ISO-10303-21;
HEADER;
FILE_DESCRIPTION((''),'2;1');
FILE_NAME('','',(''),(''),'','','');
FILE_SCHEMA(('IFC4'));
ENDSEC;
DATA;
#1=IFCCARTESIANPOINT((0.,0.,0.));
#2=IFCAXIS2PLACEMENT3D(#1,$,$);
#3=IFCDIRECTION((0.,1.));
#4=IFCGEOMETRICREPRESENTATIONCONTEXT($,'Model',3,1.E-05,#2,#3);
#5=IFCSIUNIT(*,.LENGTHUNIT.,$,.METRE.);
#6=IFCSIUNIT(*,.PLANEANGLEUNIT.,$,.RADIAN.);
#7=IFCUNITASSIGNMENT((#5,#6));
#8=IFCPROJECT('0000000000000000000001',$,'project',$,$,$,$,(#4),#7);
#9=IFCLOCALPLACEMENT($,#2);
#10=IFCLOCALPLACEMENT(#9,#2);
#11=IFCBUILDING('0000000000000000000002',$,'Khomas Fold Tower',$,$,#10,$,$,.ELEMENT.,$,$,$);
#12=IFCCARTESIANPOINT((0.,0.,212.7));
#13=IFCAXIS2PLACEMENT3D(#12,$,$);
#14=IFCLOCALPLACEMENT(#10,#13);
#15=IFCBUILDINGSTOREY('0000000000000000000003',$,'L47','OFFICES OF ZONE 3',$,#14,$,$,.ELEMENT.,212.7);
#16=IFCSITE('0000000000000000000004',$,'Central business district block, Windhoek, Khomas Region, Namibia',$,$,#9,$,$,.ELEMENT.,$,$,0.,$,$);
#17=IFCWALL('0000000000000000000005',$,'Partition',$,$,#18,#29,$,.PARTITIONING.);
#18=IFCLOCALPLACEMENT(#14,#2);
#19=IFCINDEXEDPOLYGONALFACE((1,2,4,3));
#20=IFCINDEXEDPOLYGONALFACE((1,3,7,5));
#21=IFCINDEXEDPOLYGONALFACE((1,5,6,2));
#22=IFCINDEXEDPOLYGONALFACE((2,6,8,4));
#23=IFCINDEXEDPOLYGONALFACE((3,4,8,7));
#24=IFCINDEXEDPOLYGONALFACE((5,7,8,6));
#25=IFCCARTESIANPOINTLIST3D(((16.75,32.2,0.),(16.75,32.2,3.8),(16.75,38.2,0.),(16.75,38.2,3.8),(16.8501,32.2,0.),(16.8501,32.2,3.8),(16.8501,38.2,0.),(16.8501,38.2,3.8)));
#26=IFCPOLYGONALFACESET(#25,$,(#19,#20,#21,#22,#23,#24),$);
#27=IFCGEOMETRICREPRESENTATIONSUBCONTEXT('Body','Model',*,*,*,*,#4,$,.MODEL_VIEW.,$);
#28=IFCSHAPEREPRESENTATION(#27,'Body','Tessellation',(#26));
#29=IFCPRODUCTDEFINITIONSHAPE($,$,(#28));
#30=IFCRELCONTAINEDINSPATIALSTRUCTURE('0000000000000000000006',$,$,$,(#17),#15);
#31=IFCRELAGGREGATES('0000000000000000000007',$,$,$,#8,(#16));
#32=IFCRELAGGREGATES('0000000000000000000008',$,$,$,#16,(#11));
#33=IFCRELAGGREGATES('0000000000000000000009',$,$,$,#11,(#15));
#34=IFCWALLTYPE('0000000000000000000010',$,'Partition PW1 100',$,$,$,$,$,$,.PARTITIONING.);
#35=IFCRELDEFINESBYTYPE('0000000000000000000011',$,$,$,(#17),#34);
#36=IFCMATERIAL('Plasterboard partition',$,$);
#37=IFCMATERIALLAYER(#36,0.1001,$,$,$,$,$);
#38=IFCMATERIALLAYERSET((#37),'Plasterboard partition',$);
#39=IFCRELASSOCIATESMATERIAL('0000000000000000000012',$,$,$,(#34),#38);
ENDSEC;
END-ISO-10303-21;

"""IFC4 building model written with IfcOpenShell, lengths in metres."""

from ifc_helpers import new_model, si_unit, direction, frame, frame_2d, origin, place, context, subcontext, project, spatial, rectangle, extrude, source, transform, mapped, material, layer, layer_set, type_object, element, save


model = new_model("IFC4")

# Units and contexts
model_context = context("Model", 3, precision=1e-05, world=origin(), true_north=direction((0.0, 1.0)))
body_context = subcontext(model_context, "Body", "Model", "MODEL_VIEW")
ifc_project = project(units=[si_unit("LENGTHUNIT", "METRE"), si_unit("PLANEANGLEUNIT", "RADIAN")], contexts=[model_context])

# Site, building, storey
site_placement = place(None, origin())
site = spatial("IfcSite", under=ifc_project, at=site_placement, Name="Central business district block, Windhoek, Khomas Region, Namibia", CompositionType="ELEMENT", RefElevation=0.0)
building_placement = place(site_placement, origin())
building = spatial("IfcBuilding", under=site, at=building_placement, Name="Khomas Fold Tower", CompositionType="ELEMENT")
storey_placement = place(building_placement, frame((0.0, 0.0, 212.7)))
storey = spatial("IfcBuildingStorey", under=building, at=storey_placement, Name="L47", Description="OFFICES OF ZONE 3", CompositionType="ELEMENT", Elevation=212.7)

# Wall
ifc_material_1 = material(Name="Plasterboard partition")
ifc_layer_1 = layer(ifc_material_1, 0.1001)
ifc_layer_set_1 = layer_set([ifc_layer_1], Name="Plasterboard partition")
wall_type_1 = type_object("IfcWallType", Name="Partition PW1 100", PredefinedType="PARTITIONING", material=ifc_layer_set_1)
shared_shape_1 = source(origin(), body_context, "Body", "SweptSolid", [
    extrude(rectangle(XDim=6.0, YDim=0.1001, at=frame_2d((3.0, 0.0))), origin(), (0.0, 0.0, 1.0), 3.8),
])
for number, where, z_axis, x_axis, name in (
    (1, (16.8, 32.2, 0.0), (0.0, 0.0, 1.0), (0.0, 1.0, 0.0), "Partition"),
):
    element("IfcWall", number, at=place(storey_placement, frame(where, z_axis=z_axis, x_axis=x_axis)), inside=storey, type_object=wall_type_1, Name=name, PredefinedType="PARTITIONING", context=body_context, shape_type="MappedRepresentation", body=[
        mapped(shared_shape_1, transform((0.0, 0.0, 0.0))),
    ])

save(model, "model.ifc")
